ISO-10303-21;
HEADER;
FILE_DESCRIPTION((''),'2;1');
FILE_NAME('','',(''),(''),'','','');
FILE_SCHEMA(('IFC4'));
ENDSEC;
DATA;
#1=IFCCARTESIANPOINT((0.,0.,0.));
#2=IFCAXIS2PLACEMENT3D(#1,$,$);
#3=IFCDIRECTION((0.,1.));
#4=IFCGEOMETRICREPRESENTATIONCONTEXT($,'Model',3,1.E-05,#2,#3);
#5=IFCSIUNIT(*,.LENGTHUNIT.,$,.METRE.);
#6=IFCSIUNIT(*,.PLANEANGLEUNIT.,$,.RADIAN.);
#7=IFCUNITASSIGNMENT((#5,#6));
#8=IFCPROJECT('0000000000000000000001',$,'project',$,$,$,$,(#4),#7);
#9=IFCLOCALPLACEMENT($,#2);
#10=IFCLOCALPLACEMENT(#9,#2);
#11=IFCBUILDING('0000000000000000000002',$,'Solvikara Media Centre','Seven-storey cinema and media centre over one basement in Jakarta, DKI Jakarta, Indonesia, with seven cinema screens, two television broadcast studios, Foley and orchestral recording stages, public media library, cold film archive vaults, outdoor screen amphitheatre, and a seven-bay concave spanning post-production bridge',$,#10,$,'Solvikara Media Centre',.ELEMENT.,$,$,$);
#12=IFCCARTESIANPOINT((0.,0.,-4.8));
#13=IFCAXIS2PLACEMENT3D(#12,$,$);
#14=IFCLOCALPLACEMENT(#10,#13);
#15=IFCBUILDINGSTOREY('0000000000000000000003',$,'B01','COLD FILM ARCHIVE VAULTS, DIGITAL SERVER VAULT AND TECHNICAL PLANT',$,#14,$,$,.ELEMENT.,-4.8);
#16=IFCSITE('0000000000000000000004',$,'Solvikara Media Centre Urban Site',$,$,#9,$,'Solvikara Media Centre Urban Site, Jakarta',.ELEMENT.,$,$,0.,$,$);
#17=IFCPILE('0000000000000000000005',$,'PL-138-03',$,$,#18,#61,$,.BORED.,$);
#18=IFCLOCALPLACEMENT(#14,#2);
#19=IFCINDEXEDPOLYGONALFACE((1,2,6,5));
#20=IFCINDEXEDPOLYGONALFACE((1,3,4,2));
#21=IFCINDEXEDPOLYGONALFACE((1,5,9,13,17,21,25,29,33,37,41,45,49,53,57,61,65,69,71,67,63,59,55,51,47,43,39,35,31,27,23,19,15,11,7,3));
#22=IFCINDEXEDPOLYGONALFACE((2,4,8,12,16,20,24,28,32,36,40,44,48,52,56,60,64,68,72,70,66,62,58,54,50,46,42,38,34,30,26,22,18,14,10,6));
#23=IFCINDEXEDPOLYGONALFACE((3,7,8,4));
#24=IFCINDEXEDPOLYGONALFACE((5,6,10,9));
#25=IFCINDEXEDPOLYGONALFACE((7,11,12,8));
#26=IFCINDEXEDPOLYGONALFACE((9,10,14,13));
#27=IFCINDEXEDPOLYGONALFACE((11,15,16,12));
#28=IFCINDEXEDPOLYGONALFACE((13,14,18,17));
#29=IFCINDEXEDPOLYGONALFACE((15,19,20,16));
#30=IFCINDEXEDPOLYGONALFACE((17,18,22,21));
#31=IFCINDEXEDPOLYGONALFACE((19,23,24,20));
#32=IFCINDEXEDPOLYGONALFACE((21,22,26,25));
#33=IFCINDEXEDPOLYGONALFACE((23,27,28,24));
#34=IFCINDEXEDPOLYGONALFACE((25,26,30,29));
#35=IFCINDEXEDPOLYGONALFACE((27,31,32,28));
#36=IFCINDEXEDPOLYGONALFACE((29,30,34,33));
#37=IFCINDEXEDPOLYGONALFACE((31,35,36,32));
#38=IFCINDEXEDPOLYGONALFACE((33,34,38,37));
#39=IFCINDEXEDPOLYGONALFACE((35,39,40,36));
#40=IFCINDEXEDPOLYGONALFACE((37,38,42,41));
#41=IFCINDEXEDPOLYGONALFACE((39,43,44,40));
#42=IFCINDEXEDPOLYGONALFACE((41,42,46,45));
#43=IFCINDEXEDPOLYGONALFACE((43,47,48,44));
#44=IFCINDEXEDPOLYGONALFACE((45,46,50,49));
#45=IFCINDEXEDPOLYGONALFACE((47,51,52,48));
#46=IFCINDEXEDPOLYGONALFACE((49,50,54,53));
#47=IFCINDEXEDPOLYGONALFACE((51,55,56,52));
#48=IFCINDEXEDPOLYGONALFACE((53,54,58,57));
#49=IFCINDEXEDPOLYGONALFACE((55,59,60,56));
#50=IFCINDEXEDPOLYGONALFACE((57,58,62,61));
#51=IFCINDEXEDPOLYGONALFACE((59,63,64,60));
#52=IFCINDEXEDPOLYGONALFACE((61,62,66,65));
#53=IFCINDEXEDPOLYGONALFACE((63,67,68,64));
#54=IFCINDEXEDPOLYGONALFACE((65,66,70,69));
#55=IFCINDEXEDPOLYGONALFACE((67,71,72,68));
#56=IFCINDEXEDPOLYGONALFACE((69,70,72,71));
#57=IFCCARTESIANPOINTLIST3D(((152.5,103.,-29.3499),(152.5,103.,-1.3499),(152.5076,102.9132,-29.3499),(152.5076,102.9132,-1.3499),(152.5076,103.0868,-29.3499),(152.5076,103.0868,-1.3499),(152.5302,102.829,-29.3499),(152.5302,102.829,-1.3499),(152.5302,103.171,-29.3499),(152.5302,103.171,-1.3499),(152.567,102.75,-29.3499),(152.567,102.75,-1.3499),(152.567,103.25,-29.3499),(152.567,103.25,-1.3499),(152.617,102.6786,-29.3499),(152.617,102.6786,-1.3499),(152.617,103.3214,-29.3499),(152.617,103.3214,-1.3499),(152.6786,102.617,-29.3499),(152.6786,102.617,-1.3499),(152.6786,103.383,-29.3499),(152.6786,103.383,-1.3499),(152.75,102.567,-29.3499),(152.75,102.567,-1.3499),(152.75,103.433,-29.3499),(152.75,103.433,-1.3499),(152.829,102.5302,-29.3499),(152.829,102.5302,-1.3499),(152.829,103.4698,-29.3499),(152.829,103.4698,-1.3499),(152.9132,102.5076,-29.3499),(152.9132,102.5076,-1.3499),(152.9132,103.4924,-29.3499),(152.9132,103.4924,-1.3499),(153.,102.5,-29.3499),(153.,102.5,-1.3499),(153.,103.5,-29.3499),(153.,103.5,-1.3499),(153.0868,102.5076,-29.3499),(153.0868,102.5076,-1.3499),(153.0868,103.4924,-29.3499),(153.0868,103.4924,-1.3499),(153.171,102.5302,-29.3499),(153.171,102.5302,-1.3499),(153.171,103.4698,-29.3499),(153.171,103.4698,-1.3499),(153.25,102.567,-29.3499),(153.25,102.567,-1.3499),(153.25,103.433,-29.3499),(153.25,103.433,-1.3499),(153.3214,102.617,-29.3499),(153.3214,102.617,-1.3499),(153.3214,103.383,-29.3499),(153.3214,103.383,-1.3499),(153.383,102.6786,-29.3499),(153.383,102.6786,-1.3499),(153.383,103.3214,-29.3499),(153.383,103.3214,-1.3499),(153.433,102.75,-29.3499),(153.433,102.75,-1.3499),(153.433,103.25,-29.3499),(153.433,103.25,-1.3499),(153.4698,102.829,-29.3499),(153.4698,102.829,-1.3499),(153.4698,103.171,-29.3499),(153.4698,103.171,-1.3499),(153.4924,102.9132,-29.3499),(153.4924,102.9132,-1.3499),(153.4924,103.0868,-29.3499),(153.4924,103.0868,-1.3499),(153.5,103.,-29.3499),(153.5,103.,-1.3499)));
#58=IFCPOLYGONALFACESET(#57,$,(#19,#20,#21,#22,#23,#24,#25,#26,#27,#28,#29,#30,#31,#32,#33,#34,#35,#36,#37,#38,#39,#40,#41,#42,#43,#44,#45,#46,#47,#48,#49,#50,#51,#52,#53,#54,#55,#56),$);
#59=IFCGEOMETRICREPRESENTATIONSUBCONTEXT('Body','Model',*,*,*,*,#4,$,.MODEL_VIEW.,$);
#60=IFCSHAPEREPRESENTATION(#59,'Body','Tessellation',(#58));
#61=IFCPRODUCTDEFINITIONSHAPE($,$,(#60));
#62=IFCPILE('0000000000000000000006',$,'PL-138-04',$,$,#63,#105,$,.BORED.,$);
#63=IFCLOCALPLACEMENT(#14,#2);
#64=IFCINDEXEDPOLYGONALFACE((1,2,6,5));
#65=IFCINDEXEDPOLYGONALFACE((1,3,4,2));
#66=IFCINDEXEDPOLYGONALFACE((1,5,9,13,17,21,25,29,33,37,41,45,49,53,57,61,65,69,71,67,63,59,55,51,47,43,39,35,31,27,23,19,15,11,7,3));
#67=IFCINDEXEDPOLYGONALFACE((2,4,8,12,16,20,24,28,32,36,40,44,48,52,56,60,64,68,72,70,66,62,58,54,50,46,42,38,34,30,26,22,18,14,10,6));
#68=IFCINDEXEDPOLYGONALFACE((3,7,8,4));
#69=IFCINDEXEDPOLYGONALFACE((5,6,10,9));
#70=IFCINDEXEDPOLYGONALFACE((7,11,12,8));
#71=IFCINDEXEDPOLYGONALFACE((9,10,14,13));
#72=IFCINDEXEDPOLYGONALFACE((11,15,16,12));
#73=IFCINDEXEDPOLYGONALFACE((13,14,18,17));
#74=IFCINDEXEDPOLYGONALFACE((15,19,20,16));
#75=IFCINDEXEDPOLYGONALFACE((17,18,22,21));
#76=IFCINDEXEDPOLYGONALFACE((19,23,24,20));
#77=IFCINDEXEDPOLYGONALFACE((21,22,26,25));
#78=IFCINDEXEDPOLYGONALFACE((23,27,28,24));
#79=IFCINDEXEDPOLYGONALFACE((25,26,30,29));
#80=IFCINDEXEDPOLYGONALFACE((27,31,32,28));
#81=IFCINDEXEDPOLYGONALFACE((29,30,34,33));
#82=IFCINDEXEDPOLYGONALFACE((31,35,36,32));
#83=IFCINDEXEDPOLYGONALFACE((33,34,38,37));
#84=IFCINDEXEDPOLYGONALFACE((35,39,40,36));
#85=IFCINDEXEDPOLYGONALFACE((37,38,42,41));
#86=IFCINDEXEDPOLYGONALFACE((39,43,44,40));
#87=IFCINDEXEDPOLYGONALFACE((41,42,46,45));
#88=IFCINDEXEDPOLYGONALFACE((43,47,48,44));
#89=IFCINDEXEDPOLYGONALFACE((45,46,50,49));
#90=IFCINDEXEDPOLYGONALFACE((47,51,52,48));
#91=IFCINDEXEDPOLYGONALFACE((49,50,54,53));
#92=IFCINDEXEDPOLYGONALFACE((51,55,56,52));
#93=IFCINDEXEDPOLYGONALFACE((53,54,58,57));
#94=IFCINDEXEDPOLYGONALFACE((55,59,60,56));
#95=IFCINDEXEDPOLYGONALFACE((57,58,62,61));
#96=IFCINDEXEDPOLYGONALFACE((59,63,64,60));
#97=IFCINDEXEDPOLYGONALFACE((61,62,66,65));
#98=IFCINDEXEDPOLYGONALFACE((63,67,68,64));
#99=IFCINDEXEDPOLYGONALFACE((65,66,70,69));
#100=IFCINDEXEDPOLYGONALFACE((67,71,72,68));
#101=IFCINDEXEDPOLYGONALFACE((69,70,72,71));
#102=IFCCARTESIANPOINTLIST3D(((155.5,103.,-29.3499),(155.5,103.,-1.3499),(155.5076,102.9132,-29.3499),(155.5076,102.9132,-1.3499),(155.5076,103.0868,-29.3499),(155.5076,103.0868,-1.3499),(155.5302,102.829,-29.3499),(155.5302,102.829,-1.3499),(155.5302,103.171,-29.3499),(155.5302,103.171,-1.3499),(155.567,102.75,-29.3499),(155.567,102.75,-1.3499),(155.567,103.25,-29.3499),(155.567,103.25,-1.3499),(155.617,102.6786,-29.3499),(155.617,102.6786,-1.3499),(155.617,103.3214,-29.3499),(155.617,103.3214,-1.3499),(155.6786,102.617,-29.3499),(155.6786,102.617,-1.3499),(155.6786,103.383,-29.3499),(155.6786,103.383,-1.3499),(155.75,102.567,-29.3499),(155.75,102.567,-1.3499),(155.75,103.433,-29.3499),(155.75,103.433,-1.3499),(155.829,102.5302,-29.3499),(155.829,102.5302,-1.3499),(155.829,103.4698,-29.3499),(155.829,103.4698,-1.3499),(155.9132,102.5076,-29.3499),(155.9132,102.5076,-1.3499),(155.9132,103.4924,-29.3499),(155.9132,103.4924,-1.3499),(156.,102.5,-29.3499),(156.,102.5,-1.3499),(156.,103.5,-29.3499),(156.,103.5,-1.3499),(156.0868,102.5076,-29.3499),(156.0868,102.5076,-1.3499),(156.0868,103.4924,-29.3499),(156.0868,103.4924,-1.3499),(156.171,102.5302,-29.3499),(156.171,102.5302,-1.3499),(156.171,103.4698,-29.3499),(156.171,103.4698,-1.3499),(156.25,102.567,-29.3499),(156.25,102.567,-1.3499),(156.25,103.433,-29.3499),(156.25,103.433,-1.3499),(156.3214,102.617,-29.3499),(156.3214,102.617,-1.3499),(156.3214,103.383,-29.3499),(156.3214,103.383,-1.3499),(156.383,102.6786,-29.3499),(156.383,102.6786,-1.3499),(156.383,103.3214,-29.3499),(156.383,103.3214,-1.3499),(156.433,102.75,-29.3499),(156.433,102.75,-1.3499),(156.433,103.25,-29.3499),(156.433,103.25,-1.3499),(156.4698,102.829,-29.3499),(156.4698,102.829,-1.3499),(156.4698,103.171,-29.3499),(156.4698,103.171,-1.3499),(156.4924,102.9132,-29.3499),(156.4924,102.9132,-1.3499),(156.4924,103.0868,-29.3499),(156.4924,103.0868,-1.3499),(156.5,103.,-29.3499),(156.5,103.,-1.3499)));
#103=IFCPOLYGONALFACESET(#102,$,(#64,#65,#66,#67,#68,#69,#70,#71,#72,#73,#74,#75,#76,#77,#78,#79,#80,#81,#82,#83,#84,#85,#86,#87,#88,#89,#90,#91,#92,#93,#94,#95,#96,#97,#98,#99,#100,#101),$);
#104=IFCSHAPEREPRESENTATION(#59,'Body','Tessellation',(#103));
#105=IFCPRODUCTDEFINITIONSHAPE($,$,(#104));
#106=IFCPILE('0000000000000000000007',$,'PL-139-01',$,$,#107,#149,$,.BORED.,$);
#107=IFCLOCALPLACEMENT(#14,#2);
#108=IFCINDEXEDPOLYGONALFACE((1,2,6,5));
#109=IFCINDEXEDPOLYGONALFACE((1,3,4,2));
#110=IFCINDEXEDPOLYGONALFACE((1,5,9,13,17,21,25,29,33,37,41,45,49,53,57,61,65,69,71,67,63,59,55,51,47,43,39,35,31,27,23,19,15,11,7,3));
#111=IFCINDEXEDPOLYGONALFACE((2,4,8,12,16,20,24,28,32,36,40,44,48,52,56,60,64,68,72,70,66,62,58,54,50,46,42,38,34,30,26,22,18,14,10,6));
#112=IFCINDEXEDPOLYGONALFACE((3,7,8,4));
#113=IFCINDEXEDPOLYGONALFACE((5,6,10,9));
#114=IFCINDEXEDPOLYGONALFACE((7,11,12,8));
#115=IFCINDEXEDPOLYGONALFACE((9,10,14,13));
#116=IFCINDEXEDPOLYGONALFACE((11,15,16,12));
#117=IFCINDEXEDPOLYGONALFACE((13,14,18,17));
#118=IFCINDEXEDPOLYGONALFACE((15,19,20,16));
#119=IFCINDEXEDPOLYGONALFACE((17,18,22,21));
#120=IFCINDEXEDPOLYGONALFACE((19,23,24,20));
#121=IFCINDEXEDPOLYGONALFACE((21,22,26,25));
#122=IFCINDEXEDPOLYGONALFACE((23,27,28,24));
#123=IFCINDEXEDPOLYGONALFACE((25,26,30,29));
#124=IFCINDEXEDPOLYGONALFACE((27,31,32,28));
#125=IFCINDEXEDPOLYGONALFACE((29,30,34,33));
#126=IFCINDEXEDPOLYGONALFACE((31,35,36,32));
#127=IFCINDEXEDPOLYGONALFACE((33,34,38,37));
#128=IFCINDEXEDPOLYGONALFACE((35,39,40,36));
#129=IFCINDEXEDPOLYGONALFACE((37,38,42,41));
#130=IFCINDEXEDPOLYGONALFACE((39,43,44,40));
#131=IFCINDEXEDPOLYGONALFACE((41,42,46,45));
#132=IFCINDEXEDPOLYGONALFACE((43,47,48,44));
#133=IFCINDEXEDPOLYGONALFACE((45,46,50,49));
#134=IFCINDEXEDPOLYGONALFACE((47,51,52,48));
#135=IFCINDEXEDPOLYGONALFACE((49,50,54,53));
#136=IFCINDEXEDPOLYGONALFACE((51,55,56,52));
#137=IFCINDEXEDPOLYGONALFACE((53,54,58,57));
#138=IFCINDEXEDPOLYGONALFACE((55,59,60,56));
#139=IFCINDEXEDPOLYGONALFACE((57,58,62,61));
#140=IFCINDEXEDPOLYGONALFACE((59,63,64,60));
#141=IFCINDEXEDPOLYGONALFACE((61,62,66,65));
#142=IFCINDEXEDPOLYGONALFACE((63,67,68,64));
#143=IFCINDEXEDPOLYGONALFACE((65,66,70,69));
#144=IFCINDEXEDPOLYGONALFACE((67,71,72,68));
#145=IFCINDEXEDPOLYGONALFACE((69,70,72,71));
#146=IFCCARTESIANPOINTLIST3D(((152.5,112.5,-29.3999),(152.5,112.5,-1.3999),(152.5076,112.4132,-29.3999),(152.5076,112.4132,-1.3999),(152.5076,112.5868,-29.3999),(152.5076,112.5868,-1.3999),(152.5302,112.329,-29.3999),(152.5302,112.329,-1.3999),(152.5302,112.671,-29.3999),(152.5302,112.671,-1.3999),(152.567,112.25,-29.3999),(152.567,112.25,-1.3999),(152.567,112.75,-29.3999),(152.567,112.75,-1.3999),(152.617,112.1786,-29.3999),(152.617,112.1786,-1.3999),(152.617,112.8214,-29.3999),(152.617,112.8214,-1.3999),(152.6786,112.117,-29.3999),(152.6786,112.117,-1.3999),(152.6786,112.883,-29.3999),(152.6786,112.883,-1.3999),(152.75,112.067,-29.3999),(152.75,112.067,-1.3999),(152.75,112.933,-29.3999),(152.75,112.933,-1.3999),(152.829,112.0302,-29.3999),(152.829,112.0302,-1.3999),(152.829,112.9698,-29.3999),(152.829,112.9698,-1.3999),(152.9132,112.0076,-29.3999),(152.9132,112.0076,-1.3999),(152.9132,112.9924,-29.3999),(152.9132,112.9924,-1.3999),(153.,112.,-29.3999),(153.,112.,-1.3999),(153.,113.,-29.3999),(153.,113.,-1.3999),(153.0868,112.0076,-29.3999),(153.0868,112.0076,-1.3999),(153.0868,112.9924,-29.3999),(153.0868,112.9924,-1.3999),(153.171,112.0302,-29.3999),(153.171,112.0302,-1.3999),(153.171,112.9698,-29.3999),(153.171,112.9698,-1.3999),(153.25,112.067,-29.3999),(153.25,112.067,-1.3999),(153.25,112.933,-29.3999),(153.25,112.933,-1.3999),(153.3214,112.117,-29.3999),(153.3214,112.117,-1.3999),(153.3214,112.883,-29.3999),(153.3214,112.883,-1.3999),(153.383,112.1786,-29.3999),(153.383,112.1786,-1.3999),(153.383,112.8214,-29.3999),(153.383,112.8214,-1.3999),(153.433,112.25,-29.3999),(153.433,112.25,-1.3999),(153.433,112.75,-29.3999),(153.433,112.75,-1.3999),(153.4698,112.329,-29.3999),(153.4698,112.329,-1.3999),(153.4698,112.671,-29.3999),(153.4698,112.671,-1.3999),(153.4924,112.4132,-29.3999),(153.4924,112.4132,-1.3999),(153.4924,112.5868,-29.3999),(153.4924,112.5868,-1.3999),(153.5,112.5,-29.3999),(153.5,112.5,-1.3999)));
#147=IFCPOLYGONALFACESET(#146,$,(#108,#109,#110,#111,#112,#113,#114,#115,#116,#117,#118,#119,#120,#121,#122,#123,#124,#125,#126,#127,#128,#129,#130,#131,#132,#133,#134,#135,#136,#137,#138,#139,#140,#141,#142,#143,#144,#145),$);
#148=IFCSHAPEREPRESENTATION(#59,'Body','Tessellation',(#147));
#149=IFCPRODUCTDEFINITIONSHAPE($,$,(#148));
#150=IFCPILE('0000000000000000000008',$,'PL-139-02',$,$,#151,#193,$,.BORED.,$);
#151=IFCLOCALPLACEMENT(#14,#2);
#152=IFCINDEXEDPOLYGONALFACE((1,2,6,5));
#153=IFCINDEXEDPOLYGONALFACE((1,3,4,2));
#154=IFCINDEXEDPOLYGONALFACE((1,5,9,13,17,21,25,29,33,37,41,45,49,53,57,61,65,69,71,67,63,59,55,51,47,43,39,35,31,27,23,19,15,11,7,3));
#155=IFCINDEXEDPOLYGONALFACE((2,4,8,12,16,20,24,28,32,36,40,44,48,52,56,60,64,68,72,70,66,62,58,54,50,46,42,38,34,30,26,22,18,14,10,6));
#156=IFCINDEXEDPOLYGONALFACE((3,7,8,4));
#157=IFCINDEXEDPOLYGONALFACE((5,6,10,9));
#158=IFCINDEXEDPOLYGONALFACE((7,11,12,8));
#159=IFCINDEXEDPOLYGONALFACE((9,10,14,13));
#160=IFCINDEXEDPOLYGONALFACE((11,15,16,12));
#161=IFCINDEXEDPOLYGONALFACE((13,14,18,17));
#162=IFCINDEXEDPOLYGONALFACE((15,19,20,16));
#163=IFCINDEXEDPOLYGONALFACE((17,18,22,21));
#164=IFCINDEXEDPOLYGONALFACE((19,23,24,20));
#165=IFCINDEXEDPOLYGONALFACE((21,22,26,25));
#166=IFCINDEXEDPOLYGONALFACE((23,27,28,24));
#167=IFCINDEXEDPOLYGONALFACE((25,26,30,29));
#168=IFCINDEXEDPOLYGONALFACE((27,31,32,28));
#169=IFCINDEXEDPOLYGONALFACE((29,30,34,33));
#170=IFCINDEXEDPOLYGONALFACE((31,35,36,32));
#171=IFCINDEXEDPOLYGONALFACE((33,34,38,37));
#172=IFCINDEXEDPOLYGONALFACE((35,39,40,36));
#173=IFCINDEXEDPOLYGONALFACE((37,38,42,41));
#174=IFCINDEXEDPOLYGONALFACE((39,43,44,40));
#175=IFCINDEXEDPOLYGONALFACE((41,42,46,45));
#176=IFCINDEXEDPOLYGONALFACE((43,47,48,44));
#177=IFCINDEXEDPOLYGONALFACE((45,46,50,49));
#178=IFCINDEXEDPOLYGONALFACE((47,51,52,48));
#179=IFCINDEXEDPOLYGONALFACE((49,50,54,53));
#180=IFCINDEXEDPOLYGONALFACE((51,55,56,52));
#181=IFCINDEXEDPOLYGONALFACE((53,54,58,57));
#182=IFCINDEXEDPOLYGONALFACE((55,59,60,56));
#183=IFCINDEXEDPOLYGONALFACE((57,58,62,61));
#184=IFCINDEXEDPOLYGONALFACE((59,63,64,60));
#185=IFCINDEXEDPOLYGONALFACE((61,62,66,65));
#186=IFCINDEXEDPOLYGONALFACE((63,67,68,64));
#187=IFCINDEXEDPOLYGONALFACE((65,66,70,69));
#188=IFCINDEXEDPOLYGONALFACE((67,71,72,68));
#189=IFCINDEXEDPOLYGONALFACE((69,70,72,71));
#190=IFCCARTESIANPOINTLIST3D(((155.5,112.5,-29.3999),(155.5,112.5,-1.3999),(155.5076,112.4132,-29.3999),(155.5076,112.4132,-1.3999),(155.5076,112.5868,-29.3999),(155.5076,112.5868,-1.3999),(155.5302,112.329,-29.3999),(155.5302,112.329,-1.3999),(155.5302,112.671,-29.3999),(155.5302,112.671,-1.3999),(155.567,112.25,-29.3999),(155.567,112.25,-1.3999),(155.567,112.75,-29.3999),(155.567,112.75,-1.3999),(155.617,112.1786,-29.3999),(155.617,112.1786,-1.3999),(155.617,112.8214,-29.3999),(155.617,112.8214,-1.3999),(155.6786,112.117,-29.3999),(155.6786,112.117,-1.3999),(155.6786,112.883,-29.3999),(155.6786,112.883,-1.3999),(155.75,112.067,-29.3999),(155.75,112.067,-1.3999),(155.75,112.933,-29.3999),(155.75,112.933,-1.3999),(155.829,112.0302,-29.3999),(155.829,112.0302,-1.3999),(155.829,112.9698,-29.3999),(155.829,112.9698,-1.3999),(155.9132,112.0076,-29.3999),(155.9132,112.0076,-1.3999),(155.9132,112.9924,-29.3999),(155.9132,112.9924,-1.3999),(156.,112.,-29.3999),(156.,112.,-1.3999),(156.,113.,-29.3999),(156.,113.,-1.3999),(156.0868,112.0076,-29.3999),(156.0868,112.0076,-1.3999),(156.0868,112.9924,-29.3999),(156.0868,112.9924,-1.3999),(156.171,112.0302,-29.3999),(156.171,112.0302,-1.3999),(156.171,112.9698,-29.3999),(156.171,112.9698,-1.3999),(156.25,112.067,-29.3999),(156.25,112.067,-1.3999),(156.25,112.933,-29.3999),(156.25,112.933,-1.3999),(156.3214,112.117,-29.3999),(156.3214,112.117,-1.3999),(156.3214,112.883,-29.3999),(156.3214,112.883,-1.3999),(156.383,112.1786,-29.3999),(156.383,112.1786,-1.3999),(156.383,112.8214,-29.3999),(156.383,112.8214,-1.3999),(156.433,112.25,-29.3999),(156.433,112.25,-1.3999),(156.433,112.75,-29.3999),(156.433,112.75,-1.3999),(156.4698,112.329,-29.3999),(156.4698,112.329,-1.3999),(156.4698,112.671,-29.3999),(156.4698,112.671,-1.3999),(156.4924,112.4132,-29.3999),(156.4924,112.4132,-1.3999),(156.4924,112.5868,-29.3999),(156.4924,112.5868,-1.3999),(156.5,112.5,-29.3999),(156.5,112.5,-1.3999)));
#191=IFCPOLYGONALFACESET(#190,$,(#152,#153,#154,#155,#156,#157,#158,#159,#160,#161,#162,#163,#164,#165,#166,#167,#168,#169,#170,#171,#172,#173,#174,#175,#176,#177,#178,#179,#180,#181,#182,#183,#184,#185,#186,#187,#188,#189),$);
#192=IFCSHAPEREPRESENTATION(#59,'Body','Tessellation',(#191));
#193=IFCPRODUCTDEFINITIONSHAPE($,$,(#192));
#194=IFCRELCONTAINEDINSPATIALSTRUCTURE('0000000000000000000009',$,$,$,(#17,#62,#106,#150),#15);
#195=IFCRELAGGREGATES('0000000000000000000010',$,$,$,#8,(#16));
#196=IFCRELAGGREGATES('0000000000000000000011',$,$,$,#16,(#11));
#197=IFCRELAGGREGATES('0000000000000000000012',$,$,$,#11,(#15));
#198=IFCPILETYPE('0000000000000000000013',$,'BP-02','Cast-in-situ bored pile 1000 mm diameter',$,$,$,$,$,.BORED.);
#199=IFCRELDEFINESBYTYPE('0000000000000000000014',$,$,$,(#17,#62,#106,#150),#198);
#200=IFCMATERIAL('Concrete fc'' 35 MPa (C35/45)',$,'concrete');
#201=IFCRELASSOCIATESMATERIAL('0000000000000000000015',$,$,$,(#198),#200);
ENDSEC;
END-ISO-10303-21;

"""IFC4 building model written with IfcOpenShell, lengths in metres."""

from ifc_helpers import new_model, si_unit, direction, frame, origin, origin_2d, place, context, subcontext, project, spatial, circle, extrude, material, material_profile, profile_set, type_object, element, save


model = new_model("IFC4")

# Units and contexts
model_context = context("Model", 3, precision=1e-05, world=origin(), true_north=direction((0.0, 1.0)))
body_context = subcontext(model_context, "Body", "Model", "MODEL_VIEW")
ifc_project = project(units=[si_unit("LENGTHUNIT", "METRE"), si_unit("PLANEANGLEUNIT", "RADIAN")], contexts=[model_context])

# Site, building, storey
site_placement = place(None, origin())
site = spatial("IfcSite", under=ifc_project, at=site_placement, Name="Solvikara Media Centre Urban Site", LongName="Solvikara Media Centre Urban Site, Jakarta", CompositionType="ELEMENT", RefElevation=0.0)
building_placement = place(site_placement, origin())
building = spatial("IfcBuilding", under=site, at=building_placement, Name="Solvikara Media Centre", Description="Seven-storey cinema and media centre over one basement in Jakarta, DKI Jakarta, Indonesia, with seven cinema screens, two television broadcast studios, Foley and orchestral recording stages, public media library, cold film archive vaults, outdoor screen amphitheatre, and a seven-bay concave spanning post-production bridge", LongName="Solvikara Media Centre", CompositionType="ELEMENT")
storey_placement = place(building_placement, frame((0.0, 0.0, -4.8)))
storey = spatial("IfcBuildingStorey", under=building, at=storey_placement, Name="B01", Description="COLD FILM ARCHIVE VAULTS, DIGITAL SERVER VAULT AND TECHNICAL PLANT", CompositionType="ELEMENT", Elevation=-4.8)

# Piles
ifc_material_1 = material(Name="Concrete fc' 35 MPa (C35/45)", Category="concrete")
ifc_material_profile_1 = material_profile(ifc_material_1, circle(Radius=0.5, at=origin_2d()), Name="BORED PILE D1000")
ifc_profile_set_1 = profile_set([ifc_material_profile_1], Name="Concrete fc' 35 MPa (C35/45)")
pile_type_1 = type_object("IfcPileType", Name="BP-02", Description="Cast-in-situ bored pile 1000 mm diameter", PredefinedType="BORED", material=ifc_profile_set_1)
for number, where, z_axis, x_axis, name in (
    (1, (153.0, 103.0, -1.3499), (0.0, 0.0, -1.0), (1.0, 0.0, 0.0), "PL-138-03"),
    (2, (156.0, 103.0, -1.3499), (0.0, 0.0, -1.0), (1.0, 0.0, 0.0), "PL-138-04"),
    (3, (153.0, 112.5, -1.3999), (0.0, 0.0, -1.0), (1.0, 0.0, 0.0), "PL-139-01"),
    (4, (156.0, 112.5, -1.3999), (0.0, 0.0, -1.0), (1.0, 0.0, 0.0), "PL-139-02"),
):
    element("IfcPile", number, at=place(storey_placement, frame(where, z_axis=z_axis, x_axis=x_axis)), inside=storey, type_object=pile_type_1, Name=name, PredefinedType="BORED", context=body_context, shape_type="SweptSolid", body=[
        extrude(circle(Radius=0.5, at=origin_2d()), origin(), (0.0, 0.0, 1.0), 28.0),
    ])

save(model, "model.ifc")
